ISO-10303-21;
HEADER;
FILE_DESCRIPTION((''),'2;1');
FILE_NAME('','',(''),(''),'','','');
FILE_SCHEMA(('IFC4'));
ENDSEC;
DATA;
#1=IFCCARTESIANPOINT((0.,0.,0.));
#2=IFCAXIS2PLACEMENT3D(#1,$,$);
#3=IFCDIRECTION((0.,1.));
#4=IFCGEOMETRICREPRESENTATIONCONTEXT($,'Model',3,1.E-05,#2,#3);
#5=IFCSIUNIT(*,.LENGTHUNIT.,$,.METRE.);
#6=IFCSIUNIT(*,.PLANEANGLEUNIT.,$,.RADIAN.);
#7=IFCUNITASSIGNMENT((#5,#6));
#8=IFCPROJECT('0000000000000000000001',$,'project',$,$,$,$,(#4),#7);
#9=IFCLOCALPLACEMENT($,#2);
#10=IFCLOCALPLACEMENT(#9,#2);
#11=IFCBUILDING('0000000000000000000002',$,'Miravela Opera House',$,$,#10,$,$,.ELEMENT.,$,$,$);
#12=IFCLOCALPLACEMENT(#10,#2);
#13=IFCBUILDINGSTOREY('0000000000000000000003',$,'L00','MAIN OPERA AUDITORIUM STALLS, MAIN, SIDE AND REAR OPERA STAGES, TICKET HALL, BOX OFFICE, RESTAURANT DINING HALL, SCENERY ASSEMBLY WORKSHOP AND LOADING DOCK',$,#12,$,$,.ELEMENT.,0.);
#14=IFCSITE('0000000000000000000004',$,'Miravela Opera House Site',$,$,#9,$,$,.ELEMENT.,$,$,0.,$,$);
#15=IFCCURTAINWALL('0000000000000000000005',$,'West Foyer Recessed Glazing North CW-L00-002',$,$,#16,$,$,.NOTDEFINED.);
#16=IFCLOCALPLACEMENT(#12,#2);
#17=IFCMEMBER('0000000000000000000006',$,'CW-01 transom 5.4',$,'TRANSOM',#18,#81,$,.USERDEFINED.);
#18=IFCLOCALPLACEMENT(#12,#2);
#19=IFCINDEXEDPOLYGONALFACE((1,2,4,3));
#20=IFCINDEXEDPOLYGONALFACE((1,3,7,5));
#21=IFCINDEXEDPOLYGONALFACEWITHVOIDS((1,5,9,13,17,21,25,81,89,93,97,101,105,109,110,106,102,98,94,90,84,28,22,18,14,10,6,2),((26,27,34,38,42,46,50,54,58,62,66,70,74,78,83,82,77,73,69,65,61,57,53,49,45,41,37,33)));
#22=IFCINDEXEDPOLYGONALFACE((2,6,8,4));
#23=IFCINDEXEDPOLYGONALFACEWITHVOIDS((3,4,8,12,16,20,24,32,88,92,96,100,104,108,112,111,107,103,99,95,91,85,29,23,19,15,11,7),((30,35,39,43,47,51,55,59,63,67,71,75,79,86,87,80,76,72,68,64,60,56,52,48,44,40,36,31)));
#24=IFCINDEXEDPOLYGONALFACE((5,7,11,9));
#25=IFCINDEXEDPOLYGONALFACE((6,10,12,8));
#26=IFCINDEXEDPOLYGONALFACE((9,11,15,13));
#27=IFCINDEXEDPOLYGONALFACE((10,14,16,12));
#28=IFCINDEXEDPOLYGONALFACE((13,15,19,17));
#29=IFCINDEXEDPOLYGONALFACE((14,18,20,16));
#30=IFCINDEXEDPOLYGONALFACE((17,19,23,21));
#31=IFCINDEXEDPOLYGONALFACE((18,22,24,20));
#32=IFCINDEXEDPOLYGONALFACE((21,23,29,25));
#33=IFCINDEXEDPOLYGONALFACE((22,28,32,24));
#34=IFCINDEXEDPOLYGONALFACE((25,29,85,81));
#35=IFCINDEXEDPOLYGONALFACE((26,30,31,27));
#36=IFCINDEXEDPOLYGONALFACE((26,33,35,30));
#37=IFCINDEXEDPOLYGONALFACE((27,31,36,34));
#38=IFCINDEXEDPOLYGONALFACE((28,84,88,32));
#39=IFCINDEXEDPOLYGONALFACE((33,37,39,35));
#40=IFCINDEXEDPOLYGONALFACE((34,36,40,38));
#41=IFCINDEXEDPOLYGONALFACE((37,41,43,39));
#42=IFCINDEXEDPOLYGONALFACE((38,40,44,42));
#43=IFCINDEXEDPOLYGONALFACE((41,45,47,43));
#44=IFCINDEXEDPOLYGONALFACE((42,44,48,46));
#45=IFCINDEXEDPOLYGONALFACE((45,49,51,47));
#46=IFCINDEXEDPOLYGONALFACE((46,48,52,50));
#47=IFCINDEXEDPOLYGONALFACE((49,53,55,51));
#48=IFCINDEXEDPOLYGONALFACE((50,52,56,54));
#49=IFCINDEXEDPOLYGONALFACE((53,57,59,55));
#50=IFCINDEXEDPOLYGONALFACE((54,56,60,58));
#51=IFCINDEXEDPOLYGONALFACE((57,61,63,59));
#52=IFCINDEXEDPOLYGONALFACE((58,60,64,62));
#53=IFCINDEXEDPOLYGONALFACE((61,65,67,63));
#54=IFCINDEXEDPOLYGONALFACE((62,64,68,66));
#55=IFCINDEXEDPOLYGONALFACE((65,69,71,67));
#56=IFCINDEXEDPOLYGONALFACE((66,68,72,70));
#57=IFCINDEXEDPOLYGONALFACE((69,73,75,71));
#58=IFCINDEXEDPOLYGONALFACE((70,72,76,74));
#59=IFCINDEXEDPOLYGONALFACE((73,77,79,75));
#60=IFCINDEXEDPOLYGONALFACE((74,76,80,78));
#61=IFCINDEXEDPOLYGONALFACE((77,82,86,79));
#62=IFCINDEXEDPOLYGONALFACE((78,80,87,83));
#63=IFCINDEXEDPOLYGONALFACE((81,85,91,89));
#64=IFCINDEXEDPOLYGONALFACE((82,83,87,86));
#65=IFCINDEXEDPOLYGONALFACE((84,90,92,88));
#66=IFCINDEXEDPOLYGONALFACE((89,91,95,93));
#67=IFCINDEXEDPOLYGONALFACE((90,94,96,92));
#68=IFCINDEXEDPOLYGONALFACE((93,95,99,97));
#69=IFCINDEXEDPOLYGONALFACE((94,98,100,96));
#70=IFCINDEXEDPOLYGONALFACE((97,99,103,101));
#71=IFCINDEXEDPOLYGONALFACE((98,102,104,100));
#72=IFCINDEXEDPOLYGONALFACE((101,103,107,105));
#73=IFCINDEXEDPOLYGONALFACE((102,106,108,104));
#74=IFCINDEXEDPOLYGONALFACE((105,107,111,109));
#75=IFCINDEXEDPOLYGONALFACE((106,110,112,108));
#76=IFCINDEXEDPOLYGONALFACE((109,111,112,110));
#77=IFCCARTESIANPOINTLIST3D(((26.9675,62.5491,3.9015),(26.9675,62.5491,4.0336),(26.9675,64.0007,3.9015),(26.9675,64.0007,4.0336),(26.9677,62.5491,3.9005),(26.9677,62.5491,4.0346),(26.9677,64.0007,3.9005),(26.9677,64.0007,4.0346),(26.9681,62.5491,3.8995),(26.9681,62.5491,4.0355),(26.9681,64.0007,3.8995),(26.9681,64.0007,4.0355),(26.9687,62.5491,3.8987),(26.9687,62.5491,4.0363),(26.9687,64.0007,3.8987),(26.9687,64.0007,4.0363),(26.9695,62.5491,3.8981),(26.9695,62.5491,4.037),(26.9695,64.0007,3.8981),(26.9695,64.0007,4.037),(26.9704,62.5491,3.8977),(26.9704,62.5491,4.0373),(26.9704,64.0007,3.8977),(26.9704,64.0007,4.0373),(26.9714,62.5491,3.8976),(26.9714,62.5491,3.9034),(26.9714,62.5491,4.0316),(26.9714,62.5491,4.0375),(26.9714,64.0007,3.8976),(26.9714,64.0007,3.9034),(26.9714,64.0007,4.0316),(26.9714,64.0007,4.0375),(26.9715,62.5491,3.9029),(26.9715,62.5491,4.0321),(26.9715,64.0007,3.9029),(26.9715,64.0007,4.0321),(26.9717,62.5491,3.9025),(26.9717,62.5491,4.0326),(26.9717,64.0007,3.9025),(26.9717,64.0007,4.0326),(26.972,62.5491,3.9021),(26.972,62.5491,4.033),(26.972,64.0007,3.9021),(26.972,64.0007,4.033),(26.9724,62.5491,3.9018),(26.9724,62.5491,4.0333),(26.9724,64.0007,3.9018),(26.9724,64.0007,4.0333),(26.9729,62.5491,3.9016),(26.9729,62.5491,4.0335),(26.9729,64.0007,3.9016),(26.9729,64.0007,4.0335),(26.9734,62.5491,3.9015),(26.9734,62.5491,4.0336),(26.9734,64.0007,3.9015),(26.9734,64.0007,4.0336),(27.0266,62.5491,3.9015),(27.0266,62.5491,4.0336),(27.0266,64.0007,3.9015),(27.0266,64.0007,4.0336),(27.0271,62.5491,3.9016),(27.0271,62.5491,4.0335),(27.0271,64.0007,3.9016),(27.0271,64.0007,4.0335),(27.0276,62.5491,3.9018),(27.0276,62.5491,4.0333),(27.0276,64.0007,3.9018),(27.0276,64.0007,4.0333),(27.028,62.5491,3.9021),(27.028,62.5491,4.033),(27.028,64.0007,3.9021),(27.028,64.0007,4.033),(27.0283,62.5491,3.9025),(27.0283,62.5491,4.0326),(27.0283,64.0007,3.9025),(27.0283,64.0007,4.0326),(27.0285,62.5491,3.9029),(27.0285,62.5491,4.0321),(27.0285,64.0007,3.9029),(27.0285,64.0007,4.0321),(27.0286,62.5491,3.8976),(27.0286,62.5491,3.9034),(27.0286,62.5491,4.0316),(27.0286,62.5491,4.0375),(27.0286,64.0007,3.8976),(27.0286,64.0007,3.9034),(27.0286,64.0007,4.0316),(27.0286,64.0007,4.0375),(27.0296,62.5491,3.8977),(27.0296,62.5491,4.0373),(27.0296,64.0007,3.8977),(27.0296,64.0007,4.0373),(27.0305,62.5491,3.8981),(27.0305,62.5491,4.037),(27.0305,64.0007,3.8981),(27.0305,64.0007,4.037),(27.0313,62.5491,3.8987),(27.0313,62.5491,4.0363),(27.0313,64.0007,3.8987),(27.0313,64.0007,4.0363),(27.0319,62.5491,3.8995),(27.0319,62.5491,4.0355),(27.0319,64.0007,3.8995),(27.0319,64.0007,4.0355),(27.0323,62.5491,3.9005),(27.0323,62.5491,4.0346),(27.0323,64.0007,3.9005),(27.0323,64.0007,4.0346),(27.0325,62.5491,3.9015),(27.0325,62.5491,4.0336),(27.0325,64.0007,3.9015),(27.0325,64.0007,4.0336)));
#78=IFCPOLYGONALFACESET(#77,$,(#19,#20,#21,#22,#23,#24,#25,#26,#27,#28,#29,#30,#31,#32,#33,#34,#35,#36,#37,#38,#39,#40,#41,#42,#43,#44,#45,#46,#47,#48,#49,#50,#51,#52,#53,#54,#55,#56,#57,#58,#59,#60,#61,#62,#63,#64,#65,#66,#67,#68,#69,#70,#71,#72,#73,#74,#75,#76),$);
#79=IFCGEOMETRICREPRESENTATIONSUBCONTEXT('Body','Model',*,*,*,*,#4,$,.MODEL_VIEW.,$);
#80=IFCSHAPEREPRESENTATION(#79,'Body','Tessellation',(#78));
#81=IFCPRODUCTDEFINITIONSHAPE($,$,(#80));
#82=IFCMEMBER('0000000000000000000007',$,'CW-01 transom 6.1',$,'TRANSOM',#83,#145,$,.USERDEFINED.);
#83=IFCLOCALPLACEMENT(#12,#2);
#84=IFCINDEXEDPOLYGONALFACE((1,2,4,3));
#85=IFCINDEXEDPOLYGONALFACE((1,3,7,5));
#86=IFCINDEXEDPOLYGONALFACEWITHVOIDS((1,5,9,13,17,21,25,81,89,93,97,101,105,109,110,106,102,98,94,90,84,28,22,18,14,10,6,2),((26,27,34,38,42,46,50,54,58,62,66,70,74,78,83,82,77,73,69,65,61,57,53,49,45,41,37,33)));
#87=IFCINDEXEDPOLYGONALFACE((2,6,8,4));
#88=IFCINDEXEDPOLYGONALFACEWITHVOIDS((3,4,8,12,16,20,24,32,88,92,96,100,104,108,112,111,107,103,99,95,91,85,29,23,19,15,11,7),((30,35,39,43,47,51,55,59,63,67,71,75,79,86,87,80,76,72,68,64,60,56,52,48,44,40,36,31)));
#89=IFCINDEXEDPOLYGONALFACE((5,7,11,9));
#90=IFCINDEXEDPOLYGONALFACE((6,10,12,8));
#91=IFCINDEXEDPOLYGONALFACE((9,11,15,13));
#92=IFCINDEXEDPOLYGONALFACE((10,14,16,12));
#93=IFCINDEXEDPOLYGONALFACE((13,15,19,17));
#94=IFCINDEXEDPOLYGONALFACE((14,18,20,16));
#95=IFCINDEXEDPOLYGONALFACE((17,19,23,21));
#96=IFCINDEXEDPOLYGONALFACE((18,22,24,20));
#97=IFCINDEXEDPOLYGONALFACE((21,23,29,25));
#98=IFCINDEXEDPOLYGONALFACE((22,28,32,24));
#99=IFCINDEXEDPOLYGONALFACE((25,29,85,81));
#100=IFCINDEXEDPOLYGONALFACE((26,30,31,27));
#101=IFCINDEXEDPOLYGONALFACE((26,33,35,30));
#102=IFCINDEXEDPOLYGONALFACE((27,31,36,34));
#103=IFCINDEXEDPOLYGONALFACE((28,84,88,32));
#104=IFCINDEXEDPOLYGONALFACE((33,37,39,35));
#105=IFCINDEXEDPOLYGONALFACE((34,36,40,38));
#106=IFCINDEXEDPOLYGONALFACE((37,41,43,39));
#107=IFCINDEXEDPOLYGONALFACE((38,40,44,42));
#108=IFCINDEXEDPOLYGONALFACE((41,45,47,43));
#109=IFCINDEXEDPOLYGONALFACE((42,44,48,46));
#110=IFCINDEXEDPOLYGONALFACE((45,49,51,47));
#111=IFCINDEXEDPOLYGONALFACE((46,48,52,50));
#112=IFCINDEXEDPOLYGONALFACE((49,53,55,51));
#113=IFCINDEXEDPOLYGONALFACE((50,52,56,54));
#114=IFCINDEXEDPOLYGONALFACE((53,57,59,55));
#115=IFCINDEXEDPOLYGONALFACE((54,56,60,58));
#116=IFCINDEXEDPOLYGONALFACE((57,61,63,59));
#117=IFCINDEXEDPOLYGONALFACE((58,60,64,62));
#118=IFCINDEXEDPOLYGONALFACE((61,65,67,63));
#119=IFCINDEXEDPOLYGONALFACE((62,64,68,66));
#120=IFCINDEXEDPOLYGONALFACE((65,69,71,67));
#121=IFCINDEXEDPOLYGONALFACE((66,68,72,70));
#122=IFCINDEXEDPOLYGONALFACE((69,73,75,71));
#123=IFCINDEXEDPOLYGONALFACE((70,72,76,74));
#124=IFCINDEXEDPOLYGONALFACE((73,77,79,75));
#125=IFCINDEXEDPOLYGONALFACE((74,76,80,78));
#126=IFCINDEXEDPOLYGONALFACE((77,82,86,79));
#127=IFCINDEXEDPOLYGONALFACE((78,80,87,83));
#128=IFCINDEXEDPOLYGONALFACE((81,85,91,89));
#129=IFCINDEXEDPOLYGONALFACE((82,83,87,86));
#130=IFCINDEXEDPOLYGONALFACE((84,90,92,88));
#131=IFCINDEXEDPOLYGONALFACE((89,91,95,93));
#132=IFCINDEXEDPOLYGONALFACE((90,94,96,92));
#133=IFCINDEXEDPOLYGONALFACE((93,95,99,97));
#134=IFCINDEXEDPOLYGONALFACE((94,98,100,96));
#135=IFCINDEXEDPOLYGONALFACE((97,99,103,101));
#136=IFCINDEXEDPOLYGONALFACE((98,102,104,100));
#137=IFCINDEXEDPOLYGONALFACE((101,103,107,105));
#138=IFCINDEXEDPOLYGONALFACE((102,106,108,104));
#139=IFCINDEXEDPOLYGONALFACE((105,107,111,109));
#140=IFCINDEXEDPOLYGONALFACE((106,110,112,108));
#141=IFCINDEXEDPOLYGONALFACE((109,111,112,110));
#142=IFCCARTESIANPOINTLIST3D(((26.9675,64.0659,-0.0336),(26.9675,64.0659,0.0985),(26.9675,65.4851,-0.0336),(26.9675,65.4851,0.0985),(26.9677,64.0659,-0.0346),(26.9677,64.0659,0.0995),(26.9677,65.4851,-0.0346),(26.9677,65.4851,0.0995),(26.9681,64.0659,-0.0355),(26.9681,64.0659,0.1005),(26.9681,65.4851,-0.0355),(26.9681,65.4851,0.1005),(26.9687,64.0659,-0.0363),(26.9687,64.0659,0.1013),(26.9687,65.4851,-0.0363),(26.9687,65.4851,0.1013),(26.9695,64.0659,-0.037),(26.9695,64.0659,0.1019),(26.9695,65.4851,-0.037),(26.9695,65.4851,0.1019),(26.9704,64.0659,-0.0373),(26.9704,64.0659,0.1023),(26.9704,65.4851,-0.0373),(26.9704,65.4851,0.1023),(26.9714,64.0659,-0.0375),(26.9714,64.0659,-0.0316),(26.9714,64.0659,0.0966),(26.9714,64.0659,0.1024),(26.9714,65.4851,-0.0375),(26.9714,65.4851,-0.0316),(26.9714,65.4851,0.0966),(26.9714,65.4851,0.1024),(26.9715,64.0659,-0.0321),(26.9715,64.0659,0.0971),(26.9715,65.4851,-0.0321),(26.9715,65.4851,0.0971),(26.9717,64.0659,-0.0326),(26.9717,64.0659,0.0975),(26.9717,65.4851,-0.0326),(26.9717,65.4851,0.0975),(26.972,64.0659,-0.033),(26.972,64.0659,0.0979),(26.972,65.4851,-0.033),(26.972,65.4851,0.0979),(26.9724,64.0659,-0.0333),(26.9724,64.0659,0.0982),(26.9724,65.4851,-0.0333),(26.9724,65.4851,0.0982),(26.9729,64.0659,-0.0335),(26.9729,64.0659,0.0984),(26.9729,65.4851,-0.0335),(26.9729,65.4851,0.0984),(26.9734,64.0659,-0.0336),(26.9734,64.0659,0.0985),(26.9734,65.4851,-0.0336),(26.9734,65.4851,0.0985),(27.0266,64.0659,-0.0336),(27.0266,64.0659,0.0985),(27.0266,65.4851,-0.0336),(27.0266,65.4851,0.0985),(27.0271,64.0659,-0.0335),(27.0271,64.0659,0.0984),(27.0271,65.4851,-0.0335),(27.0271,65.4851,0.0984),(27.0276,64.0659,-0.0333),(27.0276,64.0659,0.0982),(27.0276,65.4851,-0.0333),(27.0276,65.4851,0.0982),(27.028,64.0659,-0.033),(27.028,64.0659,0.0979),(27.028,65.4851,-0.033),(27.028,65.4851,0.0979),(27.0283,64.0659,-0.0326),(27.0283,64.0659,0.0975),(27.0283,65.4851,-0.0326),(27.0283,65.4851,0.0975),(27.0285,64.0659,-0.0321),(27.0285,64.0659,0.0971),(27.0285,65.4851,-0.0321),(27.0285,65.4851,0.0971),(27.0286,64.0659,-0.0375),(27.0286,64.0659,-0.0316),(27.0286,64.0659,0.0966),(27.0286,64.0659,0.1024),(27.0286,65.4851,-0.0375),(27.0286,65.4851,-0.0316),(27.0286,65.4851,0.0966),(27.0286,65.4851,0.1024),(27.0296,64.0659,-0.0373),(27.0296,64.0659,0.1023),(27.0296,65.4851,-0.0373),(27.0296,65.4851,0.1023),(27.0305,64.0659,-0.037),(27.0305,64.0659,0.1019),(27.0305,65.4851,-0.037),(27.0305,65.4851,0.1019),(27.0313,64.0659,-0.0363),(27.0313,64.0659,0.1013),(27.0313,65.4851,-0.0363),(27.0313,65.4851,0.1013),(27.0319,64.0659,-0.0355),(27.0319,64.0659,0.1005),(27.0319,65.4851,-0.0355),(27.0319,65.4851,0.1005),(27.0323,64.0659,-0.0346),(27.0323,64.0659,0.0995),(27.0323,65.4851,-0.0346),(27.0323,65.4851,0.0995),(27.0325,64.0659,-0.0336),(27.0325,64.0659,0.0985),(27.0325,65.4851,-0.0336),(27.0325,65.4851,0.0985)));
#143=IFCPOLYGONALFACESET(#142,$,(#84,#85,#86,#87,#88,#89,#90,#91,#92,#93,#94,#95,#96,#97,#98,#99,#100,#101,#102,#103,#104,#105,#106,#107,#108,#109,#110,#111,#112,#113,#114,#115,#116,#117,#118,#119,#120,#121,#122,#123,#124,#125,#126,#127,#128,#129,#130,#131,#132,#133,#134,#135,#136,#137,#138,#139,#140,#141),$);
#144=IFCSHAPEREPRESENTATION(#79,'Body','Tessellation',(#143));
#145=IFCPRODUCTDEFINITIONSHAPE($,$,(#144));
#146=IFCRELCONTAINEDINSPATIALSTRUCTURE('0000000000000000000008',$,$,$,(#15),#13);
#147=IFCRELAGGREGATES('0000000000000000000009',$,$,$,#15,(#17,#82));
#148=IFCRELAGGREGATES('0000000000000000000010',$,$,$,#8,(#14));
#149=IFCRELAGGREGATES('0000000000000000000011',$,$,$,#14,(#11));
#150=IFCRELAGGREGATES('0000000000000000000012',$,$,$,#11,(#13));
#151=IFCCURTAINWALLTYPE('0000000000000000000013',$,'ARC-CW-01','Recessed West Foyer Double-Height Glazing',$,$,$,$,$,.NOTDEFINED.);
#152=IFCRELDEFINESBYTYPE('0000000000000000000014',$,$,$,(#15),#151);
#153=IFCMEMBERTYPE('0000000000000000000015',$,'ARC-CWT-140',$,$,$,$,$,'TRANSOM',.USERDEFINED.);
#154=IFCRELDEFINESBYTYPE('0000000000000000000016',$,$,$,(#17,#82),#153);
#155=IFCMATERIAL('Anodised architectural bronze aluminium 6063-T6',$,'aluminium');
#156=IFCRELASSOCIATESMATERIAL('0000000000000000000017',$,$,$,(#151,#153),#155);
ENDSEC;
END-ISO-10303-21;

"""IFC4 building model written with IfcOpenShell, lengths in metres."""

from ifc_helpers import new_model, si_unit, direction, frame, origin, origin_2d, place, context, subcontext, project, spatial, hollow_rectangle, extrude, material, material_profile, profile_set, type_object, element, aggregate, save


model = new_model("IFC4")

# Units and contexts
model_context = context("Model", 3, precision=1e-05, world=origin(), true_north=direction((0.0, 1.0)))
body_context = subcontext(model_context, "Body", "Model", "MODEL_VIEW")
ifc_project = project(units=[si_unit("LENGTHUNIT", "METRE"), si_unit("PLANEANGLEUNIT", "RADIAN")], contexts=[model_context])

# Site, building, storey
site_placement = place(None, origin())
site = spatial("IfcSite", under=ifc_project, at=site_placement, Name="Miravela Opera House Site", CompositionType="ELEMENT", RefElevation=0.0)
building_placement = place(site_placement, origin())
building = spatial("IfcBuilding", under=site, at=building_placement, Name="Miravela Opera House", CompositionType="ELEMENT")
storey_placement = place(building_placement, origin())
storey = spatial("IfcBuildingStorey", under=building, at=storey_placement, Name="L00", Description="MAIN OPERA AUDITORIUM STALLS, MAIN, SIDE AND REAR OPERA STAGES, TICKET HALL, BOX OFFICE, RESTAURANT DINING HALL, SCENERY ASSEMBLY WORKSHOP AND LOADING DOCK", CompositionType="ELEMENT", Elevation=0.0)

# Curtain wall, members
ifc_material_1 = material(Name="Anodised architectural bronze aluminium 6063-T6", Category="aluminium")
curtain_wall_type = type_object("IfcCurtainWallType", Name="ARC-CW-01", Description="Recessed West Foyer Double-Height Glazing", PredefinedType="NOTDEFINED", material=ifc_material_1)
curtain_wall_placement = place(storey_placement, origin())
curtain_wall = element("IfcCurtainWall", 1, at=curtain_wall_placement, inside=storey, type_object=curtain_wall_type, Name="West Foyer Recessed Glazing North CW-L00-002", PredefinedType="NOTDEFINED")
ifc_material_profile_1 = material_profile(ifc_material_1, hollow_rectangle(XDim=0.0649, YDim=0.1399, WallThickness=0.0039, InnerFilletRadius=0.002, OuterFilletRadius=0.0039, at=origin_2d()), Name="CWT-65X140")
ifc_profile_set_1 = profile_set([ifc_material_profile_1])
member_type_1 = type_object("IfcMemberType", Name="ARC-CWT-140", ElementType="TRANSOM", PredefinedType="USERDEFINED", material=ifc_profile_set_1)
member_1_placement = place(storey_placement, frame((27.0, 62.5491, 3.9675), z_axis=(0.0, 1.0, 0.0), x_axis=(-1.0, 0.0, 0.0)))
member_1 = element("IfcMember", 2, at=member_1_placement, type_object=member_type_1, Name="CW-01 transom 5.4", ObjectType="TRANSOM", PredefinedType="USERDEFINED", context=body_context, shape_type="SweptSolid", body=[
    extrude(hollow_rectangle(XDim=0.0649, YDim=0.1399, WallThickness=0.0039, InnerFilletRadius=0.002, OuterFilletRadius=0.0039, at=origin_2d()), origin(), (0.0, 0.0, 1.0), 1.4517),
])
member_2_placement = place(storey_placement, frame((27.0, 64.0659, 0.0325), z_axis=(0.0, 1.0, 0.0), x_axis=(-1.0, 0.0, 0.0)))
member_2 = element("IfcMember", 3, at=member_2_placement, type_object=member_type_1, Name="CW-01 transom 6.1", ObjectType="TRANSOM", PredefinedType="USERDEFINED", context=body_context, shape_type="SweptSolid", body=[
    extrude(hollow_rectangle(XDim=0.0649, YDim=0.1399, WallThickness=0.0039, InnerFilletRadius=0.002, OuterFilletRadius=0.0039, at=origin_2d()), origin(), (0.0, 0.0, 1.0), 1.4192),
])

aggregate(curtain_wall, [member_1, member_2])

save(model, "model.ifc")
